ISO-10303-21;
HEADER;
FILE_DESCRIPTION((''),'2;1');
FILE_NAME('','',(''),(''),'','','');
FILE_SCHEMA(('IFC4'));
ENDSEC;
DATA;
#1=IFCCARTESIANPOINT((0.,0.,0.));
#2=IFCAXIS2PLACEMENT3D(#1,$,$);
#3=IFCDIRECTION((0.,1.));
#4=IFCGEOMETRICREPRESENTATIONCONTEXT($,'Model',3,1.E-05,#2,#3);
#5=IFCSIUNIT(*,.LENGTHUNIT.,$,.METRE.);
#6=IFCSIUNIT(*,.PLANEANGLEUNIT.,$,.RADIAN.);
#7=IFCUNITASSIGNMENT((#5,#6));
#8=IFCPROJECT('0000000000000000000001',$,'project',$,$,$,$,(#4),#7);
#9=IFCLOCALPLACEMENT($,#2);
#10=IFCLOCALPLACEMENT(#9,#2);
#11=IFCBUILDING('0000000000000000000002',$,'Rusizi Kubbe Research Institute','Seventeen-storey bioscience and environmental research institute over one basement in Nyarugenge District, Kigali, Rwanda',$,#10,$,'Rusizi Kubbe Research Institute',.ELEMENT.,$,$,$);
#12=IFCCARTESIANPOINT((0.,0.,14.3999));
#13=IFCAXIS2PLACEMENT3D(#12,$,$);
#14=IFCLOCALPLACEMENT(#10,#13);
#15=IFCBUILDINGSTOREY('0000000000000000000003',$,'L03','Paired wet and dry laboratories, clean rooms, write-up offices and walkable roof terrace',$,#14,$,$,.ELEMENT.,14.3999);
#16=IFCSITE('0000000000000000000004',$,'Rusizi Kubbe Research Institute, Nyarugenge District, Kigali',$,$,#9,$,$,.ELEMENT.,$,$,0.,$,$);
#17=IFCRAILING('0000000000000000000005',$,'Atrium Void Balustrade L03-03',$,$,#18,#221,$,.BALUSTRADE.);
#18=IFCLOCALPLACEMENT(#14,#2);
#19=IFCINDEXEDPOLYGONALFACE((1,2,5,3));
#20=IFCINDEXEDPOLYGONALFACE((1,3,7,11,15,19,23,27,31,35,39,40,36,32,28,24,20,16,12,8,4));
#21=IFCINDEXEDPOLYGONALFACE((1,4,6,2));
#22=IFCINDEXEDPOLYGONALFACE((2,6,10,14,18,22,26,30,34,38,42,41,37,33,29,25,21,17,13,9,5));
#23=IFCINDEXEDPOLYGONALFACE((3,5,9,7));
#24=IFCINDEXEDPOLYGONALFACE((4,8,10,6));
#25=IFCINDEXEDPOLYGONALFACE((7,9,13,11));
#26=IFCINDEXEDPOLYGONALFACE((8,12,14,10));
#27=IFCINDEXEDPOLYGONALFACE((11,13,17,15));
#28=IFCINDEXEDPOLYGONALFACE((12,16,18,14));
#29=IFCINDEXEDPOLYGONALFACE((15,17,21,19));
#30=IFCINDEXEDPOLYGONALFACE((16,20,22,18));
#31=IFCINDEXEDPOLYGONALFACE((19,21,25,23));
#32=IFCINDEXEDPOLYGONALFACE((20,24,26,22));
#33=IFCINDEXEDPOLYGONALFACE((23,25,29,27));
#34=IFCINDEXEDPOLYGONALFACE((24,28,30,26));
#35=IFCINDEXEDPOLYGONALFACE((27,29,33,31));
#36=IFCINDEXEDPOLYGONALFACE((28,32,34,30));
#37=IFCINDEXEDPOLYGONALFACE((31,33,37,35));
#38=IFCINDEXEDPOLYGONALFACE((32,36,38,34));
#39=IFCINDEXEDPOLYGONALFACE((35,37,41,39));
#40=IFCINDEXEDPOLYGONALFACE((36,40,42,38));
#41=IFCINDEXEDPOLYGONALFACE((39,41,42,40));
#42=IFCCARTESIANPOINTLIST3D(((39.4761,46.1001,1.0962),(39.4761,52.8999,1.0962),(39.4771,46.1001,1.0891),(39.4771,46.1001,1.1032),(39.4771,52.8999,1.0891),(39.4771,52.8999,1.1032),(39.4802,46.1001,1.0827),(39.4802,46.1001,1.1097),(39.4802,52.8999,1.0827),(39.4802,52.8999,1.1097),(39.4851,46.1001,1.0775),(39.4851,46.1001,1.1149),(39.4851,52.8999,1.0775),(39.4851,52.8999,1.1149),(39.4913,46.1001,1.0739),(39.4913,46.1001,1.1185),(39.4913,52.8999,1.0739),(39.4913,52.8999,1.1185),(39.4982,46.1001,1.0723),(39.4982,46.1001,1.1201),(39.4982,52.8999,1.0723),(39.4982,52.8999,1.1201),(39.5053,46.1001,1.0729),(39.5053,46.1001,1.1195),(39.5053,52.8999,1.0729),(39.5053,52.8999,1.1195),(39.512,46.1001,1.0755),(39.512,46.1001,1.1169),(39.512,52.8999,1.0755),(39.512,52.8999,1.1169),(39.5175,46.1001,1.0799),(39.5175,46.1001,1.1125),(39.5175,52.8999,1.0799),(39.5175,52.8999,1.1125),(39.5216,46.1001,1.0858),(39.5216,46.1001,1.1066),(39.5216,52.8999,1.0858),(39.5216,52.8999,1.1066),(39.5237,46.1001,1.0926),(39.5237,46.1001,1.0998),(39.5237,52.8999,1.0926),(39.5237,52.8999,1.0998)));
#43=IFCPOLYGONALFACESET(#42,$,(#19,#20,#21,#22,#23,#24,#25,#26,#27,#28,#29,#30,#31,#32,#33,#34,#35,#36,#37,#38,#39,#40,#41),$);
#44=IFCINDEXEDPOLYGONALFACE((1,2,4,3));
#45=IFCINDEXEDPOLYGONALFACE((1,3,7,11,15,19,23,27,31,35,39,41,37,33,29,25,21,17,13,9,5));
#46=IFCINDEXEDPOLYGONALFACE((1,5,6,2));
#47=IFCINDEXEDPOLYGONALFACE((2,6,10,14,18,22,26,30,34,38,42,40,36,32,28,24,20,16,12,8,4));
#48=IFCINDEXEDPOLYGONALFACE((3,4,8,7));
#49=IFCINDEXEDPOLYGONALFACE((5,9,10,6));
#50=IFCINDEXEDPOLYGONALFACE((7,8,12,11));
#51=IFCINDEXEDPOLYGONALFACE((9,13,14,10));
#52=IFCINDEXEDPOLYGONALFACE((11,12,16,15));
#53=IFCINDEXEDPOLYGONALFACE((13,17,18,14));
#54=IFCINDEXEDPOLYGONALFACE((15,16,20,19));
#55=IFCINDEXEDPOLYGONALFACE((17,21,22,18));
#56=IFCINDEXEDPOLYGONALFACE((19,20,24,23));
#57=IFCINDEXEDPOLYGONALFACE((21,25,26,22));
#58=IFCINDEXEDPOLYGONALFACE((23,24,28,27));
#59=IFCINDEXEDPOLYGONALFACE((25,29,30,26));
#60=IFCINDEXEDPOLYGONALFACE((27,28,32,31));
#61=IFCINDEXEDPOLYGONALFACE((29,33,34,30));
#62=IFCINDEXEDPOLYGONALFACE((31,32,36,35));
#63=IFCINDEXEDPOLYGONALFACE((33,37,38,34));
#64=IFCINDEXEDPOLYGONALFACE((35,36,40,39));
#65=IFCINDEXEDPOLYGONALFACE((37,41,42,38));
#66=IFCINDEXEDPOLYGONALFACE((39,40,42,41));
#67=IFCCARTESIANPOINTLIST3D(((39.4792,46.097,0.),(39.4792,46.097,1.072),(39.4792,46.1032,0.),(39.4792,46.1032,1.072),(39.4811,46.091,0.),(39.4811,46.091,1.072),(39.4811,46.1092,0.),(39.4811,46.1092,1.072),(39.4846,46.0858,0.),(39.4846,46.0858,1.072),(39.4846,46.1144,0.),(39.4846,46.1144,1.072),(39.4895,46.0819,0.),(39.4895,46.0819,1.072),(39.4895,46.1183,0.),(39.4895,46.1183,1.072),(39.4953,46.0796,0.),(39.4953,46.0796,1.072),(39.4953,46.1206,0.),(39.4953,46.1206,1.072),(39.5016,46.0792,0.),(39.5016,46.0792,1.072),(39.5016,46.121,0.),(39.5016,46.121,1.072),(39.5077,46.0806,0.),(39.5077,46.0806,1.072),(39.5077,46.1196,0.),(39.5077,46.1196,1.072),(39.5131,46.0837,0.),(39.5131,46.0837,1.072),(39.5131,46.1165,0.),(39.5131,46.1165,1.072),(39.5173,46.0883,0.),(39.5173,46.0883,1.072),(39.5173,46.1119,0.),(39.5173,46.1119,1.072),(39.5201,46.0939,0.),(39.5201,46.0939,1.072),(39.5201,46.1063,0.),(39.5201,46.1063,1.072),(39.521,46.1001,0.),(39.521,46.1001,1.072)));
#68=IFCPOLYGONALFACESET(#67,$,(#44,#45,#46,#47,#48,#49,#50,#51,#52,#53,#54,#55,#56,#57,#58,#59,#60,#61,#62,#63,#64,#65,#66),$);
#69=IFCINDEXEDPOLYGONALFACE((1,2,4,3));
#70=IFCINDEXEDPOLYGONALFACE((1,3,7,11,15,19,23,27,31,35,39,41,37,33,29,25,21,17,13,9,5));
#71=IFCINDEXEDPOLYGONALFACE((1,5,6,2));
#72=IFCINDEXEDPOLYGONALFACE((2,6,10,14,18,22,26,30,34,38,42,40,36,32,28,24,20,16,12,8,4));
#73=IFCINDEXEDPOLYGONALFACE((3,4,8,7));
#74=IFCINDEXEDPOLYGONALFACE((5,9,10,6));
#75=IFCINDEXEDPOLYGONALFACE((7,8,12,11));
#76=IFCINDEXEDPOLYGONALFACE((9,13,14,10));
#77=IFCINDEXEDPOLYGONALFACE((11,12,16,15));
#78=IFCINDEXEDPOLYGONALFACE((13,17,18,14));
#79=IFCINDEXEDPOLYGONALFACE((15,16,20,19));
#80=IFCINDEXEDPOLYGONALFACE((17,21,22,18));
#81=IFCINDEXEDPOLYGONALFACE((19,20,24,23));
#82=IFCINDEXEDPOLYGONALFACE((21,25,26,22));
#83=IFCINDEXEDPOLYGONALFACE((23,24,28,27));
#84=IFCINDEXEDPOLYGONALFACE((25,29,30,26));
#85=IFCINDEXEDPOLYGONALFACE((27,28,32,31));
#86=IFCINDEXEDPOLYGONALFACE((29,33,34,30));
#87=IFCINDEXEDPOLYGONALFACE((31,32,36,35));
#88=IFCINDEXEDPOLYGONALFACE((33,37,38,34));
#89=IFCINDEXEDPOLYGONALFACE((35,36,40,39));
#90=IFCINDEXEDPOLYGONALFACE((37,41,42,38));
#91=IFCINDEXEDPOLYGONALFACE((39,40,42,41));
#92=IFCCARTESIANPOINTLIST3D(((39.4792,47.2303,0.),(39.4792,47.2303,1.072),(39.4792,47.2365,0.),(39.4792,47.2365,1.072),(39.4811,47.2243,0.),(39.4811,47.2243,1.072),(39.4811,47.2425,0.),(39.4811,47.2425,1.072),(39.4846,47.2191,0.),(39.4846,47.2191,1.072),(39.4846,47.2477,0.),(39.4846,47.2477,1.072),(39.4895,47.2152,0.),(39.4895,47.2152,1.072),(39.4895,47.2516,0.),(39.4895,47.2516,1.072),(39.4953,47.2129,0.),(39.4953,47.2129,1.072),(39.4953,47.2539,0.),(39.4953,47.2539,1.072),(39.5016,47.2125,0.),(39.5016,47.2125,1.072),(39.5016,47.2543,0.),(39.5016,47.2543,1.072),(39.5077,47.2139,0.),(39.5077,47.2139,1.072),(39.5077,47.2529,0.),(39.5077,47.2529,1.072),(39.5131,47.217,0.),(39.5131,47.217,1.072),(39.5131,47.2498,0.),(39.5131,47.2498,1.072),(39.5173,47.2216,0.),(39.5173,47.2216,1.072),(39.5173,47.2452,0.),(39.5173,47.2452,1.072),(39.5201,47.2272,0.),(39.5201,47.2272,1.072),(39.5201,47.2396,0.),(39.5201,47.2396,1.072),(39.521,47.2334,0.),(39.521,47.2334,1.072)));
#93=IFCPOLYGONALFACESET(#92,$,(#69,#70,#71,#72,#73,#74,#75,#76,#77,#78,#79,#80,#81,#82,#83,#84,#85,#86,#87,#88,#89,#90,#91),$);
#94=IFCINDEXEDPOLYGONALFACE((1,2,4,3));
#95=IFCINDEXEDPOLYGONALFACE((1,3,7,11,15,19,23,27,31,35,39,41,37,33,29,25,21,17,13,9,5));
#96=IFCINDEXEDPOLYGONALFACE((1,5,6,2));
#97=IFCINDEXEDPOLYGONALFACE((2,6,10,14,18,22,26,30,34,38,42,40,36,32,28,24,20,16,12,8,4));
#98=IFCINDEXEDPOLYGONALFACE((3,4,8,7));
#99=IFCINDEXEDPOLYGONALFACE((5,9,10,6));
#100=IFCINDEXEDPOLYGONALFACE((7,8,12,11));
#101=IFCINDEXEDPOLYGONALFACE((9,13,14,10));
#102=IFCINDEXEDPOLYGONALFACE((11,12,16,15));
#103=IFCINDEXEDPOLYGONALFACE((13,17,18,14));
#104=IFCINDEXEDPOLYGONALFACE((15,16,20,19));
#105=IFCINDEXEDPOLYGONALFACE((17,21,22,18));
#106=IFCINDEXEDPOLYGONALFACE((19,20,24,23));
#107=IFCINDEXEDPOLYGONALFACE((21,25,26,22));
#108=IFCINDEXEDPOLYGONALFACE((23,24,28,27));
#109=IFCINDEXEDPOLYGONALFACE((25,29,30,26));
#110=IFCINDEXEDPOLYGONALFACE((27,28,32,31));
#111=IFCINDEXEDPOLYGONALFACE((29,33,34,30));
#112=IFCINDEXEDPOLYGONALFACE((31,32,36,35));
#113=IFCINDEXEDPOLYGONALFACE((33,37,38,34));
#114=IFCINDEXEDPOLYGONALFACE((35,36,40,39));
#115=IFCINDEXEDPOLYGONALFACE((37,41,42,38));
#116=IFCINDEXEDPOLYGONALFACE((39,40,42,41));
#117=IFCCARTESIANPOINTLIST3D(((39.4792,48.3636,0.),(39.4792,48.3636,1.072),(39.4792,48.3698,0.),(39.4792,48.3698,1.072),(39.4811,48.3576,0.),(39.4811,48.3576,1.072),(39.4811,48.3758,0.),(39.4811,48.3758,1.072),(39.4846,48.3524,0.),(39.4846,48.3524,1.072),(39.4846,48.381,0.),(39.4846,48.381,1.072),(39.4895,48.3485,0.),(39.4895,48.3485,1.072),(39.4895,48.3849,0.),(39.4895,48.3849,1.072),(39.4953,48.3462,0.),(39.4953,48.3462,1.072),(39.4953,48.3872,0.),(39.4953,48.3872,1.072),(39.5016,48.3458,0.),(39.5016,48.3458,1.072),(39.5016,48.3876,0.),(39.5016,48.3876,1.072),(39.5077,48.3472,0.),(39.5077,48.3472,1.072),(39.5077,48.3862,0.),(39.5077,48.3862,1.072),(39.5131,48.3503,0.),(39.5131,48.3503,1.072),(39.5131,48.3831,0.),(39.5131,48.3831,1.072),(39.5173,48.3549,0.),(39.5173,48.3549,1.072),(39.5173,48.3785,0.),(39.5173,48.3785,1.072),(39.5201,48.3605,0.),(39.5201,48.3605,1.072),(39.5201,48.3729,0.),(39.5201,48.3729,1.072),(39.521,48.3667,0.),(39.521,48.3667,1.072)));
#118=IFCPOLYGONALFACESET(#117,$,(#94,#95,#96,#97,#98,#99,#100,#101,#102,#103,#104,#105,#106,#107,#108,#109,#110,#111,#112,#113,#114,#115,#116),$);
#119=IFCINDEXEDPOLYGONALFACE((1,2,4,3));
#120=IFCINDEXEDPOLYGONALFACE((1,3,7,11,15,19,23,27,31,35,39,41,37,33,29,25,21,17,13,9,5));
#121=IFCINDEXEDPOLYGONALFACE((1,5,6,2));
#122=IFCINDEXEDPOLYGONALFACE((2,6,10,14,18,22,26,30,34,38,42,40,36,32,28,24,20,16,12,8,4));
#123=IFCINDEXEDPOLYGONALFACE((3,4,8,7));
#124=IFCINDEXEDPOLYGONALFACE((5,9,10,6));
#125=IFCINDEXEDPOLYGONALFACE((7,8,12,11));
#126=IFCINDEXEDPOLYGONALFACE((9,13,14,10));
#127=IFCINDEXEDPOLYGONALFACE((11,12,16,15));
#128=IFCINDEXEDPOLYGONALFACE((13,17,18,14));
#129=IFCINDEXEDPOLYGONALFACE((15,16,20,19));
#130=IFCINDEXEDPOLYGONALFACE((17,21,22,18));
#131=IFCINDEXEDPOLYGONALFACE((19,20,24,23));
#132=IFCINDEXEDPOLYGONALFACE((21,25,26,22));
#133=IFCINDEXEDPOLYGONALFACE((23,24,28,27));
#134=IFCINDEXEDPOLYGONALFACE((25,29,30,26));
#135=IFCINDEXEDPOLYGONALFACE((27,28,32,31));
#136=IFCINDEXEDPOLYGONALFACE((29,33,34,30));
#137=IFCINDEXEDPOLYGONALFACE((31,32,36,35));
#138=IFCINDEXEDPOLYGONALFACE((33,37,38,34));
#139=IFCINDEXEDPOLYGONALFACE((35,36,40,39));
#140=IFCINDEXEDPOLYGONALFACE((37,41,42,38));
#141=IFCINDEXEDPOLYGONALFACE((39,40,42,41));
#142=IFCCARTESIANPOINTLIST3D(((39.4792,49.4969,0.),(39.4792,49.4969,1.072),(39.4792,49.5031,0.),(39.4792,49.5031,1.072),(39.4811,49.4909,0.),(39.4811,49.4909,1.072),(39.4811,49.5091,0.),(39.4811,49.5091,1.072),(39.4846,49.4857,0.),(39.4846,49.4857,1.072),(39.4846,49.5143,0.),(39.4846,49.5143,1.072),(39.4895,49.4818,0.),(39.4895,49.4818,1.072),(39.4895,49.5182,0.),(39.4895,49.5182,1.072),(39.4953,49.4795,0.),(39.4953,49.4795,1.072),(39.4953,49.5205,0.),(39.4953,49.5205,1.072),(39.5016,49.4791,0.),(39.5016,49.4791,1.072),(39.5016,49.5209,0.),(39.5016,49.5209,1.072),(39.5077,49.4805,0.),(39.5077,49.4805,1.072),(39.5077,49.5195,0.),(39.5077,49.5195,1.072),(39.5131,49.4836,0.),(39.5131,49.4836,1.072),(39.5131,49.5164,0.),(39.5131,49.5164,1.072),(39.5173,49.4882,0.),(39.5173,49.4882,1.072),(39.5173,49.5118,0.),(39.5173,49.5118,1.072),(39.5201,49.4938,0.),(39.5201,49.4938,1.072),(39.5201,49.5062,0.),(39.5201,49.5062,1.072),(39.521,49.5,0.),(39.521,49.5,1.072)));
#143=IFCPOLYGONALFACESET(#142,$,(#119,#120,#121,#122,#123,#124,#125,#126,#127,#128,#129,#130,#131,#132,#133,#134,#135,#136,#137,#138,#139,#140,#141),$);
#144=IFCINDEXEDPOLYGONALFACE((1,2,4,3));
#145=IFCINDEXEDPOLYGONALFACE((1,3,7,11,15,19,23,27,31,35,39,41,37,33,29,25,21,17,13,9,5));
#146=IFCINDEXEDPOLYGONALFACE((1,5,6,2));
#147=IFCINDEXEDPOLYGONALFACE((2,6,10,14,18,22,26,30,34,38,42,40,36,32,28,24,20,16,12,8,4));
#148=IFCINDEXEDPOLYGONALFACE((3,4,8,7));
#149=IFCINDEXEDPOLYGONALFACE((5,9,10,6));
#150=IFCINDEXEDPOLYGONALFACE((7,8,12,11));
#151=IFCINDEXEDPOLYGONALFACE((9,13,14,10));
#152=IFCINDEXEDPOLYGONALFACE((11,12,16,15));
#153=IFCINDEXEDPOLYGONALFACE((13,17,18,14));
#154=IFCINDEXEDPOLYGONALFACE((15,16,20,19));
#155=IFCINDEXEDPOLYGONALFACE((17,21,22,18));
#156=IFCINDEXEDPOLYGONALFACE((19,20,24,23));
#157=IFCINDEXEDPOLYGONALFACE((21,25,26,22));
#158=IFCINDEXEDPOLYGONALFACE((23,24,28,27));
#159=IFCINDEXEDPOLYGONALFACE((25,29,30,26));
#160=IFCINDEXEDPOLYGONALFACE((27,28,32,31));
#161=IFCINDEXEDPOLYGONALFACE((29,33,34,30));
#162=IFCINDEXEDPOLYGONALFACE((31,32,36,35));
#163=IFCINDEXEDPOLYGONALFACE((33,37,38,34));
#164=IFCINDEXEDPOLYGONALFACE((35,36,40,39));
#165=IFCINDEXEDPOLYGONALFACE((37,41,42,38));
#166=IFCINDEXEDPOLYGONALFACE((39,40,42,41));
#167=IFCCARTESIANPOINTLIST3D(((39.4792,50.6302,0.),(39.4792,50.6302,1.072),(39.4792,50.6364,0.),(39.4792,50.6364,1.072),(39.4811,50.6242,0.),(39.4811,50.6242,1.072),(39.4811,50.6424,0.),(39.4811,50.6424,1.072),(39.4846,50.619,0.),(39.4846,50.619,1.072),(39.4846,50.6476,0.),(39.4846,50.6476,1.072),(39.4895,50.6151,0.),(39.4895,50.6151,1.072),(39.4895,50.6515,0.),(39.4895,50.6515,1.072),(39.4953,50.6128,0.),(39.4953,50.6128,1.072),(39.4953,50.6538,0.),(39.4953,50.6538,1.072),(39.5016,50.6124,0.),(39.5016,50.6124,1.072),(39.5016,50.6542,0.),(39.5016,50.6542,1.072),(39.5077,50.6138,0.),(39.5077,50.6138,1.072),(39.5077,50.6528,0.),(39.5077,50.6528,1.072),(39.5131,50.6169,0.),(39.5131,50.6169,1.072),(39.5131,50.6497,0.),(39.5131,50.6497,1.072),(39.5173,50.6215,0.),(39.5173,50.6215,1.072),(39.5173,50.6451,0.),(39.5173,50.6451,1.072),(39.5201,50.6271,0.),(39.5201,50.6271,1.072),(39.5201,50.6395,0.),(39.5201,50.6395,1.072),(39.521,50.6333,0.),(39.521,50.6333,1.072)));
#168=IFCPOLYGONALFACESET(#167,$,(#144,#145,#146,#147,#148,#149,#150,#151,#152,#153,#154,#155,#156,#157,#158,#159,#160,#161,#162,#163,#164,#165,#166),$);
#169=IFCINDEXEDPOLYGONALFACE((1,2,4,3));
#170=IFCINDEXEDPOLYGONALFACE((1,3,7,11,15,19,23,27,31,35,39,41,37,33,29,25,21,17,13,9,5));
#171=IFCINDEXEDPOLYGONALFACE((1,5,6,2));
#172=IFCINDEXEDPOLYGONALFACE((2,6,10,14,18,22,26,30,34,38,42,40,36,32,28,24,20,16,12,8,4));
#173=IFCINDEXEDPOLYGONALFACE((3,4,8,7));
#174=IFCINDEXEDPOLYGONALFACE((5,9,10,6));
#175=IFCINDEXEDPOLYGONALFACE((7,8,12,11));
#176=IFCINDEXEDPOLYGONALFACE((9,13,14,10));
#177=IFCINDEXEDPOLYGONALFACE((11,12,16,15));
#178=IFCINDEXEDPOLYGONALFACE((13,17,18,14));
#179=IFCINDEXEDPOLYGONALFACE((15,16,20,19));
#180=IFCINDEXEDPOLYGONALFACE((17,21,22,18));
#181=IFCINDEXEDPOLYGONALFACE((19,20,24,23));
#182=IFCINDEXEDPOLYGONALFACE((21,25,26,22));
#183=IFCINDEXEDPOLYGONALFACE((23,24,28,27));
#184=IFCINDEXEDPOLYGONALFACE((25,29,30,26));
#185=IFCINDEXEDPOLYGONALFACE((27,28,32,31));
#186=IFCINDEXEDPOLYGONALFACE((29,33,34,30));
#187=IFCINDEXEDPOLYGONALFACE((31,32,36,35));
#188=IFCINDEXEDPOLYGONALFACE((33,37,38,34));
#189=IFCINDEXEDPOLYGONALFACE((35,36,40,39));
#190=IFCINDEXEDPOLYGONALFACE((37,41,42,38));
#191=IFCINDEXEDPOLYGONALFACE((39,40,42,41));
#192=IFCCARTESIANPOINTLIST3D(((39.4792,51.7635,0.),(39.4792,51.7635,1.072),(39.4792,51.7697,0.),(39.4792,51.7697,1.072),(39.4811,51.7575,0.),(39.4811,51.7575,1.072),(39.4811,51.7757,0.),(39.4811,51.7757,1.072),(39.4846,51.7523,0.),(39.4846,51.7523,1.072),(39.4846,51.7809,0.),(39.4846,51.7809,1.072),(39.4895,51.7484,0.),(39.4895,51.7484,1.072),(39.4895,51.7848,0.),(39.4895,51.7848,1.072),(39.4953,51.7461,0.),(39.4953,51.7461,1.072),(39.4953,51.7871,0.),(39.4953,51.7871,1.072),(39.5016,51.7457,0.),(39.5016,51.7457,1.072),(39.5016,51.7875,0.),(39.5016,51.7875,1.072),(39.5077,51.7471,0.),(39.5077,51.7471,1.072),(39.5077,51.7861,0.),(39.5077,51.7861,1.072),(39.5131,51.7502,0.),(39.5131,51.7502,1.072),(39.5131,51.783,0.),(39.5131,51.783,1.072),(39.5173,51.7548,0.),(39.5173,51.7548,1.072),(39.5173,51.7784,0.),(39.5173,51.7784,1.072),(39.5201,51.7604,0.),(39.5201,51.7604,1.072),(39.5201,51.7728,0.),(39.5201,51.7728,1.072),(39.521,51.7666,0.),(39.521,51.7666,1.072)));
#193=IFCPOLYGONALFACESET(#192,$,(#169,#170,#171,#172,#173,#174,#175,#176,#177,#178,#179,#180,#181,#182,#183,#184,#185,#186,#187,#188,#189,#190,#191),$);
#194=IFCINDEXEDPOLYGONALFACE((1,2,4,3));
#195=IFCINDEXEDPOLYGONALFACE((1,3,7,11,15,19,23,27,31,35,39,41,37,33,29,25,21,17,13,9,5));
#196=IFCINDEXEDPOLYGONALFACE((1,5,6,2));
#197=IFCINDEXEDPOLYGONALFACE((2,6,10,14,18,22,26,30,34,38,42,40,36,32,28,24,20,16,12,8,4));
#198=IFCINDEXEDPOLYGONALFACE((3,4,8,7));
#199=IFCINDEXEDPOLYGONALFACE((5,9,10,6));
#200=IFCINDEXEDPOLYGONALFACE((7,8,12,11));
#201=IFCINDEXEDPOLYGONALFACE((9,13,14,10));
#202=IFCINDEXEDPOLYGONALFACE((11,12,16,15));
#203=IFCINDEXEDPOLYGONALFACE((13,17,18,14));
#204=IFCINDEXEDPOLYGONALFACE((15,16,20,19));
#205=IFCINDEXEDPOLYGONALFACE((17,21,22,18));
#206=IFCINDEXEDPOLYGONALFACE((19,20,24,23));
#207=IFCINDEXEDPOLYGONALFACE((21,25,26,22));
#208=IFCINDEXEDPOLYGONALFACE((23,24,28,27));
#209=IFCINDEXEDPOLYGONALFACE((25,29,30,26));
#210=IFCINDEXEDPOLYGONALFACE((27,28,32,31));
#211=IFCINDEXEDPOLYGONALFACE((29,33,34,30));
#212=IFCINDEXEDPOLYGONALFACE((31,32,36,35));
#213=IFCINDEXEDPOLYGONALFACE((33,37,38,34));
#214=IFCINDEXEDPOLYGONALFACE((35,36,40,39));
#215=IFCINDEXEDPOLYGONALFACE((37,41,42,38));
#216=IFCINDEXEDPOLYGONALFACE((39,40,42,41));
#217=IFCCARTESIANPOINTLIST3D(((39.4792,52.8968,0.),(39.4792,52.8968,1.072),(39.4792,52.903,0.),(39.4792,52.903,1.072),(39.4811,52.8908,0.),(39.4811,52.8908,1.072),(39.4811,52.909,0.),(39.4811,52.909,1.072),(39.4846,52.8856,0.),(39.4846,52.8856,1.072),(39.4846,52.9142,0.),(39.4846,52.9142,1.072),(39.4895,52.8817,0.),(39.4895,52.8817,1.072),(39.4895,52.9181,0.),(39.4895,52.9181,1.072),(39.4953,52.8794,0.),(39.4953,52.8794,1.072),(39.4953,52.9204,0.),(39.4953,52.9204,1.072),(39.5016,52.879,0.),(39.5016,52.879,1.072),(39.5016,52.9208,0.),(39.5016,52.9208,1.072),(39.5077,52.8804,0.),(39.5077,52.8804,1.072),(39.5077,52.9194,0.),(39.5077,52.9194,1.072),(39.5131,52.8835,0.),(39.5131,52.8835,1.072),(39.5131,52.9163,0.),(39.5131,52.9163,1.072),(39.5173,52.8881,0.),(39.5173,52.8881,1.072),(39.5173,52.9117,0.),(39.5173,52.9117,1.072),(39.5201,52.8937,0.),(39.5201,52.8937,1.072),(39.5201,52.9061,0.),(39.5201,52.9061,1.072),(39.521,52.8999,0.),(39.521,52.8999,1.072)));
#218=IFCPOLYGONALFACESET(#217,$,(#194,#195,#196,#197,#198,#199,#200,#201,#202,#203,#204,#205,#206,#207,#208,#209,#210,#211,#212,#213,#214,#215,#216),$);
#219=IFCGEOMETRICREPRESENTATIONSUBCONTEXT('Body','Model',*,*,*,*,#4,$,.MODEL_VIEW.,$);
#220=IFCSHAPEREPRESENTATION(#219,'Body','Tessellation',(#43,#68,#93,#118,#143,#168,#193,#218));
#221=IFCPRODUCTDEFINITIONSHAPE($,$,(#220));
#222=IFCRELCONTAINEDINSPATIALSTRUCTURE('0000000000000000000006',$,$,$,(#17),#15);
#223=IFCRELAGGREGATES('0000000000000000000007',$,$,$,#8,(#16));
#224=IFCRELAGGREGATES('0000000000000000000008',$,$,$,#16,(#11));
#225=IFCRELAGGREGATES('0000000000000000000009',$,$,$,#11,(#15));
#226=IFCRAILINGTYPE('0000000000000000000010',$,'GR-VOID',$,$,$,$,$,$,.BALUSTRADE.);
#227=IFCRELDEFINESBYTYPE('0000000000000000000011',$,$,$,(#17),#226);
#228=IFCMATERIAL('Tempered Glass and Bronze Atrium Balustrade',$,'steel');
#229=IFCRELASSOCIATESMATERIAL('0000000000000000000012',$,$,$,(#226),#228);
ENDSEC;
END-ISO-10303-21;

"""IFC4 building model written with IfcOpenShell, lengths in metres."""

from ifc_helpers import new_model, si_unit, direction, frame, origin, origin_2d, place, context, subcontext, project, spatial, circle, extrude, material, type_object, element, save


model = new_model("IFC4")

# Units and contexts
model_context = context("Model", 3, precision=1e-05, world=origin(), true_north=direction((0.0, 1.0)))
body_context = subcontext(model_context, "Body", "Model", "MODEL_VIEW")
ifc_project = project(units=[si_unit("LENGTHUNIT", "METRE"), si_unit("PLANEANGLEUNIT", "RADIAN")], contexts=[model_context])

# Site, building, storey
site_placement = place(None, origin())
site = spatial("IfcSite", under=ifc_project, at=site_placement, Name="Rusizi Kubbe Research Institute, Nyarugenge District, Kigali", CompositionType="ELEMENT", RefElevation=0.0)
building_placement = place(site_placement, origin())
building = spatial("IfcBuilding", under=site, at=building_placement, Name="Rusizi Kubbe Research Institute", Description="Seventeen-storey bioscience and environmental research institute over one basement in Nyarugenge District, Kigali, Rwanda", LongName="Rusizi Kubbe Research Institute", CompositionType="ELEMENT")
storey_placement = place(building_placement, frame((0.0, 0.0, 14.3999)))
storey = spatial("IfcBuildingStorey", under=building, at=storey_placement, Name="L03", Description="Paired wet and dry laboratories, clean rooms, write-up offices and walkable roof terrace", CompositionType="ELEMENT", Elevation=14.3999)

# Railing
ifc_material_1 = material(Name="Tempered Glass and Bronze Atrium Balustrade", Category="steel")
railing_type = type_object("IfcRailingType", Name="GR-VOID", PredefinedType="BALUSTRADE", material=ifc_material_1)
railing_placement = place(storey_placement, frame((39.5, 46.1001, 0.0)))
element("IfcRailing", 1, at=railing_placement, inside=storey, type_object=railing_type, Name="Atrium Void Balustrade L03-03", PredefinedType="BALUSTRADE", context=body_context, shape_type="SweptSolid", body=[
    extrude(circle(Radius=0.0239, at=origin_2d()), frame((0.0, 0.0, 1.0962), z_axis=(0.0, 1.0, 0.0), x_axis=(-1.0, 0.0, 0.0)), (0.0, 0.0, 1.0), 6.7998),
    extrude(circle(Radius=0.021, at=origin_2d()), origin(), (0.0, 0.0, 1.0), 1.072),
    extrude(circle(Radius=0.021, at=origin_2d()), frame((0.0, 1.1333, 0.0)), (0.0, 0.0, 1.0), 1.072),
    extrude(circle(Radius=0.021, at=origin_2d()), frame((0.0, 2.2666, 0.0)), (0.0, 0.0, 1.0), 1.072),
    extrude(circle(Radius=0.021, at=origin_2d()), frame((0.0, 3.3999, 0.0)), (0.0, 0.0, 1.0), 1.072),
    extrude(circle(Radius=0.021, at=origin_2d()), frame((0.0, 4.5332, 0.0)), (0.0, 0.0, 1.0), 1.072),
    extrude(circle(Radius=0.021, at=origin_2d()), frame((0.0, 5.6665, 0.0)), (0.0, 0.0, 1.0), 1.072),
    extrude(circle(Radius=0.021, at=origin_2d()), frame((0.0, 6.7998, 0.0)), (0.0, 0.0, 1.0), 1.072),
])

save(model, "model.ifc")
